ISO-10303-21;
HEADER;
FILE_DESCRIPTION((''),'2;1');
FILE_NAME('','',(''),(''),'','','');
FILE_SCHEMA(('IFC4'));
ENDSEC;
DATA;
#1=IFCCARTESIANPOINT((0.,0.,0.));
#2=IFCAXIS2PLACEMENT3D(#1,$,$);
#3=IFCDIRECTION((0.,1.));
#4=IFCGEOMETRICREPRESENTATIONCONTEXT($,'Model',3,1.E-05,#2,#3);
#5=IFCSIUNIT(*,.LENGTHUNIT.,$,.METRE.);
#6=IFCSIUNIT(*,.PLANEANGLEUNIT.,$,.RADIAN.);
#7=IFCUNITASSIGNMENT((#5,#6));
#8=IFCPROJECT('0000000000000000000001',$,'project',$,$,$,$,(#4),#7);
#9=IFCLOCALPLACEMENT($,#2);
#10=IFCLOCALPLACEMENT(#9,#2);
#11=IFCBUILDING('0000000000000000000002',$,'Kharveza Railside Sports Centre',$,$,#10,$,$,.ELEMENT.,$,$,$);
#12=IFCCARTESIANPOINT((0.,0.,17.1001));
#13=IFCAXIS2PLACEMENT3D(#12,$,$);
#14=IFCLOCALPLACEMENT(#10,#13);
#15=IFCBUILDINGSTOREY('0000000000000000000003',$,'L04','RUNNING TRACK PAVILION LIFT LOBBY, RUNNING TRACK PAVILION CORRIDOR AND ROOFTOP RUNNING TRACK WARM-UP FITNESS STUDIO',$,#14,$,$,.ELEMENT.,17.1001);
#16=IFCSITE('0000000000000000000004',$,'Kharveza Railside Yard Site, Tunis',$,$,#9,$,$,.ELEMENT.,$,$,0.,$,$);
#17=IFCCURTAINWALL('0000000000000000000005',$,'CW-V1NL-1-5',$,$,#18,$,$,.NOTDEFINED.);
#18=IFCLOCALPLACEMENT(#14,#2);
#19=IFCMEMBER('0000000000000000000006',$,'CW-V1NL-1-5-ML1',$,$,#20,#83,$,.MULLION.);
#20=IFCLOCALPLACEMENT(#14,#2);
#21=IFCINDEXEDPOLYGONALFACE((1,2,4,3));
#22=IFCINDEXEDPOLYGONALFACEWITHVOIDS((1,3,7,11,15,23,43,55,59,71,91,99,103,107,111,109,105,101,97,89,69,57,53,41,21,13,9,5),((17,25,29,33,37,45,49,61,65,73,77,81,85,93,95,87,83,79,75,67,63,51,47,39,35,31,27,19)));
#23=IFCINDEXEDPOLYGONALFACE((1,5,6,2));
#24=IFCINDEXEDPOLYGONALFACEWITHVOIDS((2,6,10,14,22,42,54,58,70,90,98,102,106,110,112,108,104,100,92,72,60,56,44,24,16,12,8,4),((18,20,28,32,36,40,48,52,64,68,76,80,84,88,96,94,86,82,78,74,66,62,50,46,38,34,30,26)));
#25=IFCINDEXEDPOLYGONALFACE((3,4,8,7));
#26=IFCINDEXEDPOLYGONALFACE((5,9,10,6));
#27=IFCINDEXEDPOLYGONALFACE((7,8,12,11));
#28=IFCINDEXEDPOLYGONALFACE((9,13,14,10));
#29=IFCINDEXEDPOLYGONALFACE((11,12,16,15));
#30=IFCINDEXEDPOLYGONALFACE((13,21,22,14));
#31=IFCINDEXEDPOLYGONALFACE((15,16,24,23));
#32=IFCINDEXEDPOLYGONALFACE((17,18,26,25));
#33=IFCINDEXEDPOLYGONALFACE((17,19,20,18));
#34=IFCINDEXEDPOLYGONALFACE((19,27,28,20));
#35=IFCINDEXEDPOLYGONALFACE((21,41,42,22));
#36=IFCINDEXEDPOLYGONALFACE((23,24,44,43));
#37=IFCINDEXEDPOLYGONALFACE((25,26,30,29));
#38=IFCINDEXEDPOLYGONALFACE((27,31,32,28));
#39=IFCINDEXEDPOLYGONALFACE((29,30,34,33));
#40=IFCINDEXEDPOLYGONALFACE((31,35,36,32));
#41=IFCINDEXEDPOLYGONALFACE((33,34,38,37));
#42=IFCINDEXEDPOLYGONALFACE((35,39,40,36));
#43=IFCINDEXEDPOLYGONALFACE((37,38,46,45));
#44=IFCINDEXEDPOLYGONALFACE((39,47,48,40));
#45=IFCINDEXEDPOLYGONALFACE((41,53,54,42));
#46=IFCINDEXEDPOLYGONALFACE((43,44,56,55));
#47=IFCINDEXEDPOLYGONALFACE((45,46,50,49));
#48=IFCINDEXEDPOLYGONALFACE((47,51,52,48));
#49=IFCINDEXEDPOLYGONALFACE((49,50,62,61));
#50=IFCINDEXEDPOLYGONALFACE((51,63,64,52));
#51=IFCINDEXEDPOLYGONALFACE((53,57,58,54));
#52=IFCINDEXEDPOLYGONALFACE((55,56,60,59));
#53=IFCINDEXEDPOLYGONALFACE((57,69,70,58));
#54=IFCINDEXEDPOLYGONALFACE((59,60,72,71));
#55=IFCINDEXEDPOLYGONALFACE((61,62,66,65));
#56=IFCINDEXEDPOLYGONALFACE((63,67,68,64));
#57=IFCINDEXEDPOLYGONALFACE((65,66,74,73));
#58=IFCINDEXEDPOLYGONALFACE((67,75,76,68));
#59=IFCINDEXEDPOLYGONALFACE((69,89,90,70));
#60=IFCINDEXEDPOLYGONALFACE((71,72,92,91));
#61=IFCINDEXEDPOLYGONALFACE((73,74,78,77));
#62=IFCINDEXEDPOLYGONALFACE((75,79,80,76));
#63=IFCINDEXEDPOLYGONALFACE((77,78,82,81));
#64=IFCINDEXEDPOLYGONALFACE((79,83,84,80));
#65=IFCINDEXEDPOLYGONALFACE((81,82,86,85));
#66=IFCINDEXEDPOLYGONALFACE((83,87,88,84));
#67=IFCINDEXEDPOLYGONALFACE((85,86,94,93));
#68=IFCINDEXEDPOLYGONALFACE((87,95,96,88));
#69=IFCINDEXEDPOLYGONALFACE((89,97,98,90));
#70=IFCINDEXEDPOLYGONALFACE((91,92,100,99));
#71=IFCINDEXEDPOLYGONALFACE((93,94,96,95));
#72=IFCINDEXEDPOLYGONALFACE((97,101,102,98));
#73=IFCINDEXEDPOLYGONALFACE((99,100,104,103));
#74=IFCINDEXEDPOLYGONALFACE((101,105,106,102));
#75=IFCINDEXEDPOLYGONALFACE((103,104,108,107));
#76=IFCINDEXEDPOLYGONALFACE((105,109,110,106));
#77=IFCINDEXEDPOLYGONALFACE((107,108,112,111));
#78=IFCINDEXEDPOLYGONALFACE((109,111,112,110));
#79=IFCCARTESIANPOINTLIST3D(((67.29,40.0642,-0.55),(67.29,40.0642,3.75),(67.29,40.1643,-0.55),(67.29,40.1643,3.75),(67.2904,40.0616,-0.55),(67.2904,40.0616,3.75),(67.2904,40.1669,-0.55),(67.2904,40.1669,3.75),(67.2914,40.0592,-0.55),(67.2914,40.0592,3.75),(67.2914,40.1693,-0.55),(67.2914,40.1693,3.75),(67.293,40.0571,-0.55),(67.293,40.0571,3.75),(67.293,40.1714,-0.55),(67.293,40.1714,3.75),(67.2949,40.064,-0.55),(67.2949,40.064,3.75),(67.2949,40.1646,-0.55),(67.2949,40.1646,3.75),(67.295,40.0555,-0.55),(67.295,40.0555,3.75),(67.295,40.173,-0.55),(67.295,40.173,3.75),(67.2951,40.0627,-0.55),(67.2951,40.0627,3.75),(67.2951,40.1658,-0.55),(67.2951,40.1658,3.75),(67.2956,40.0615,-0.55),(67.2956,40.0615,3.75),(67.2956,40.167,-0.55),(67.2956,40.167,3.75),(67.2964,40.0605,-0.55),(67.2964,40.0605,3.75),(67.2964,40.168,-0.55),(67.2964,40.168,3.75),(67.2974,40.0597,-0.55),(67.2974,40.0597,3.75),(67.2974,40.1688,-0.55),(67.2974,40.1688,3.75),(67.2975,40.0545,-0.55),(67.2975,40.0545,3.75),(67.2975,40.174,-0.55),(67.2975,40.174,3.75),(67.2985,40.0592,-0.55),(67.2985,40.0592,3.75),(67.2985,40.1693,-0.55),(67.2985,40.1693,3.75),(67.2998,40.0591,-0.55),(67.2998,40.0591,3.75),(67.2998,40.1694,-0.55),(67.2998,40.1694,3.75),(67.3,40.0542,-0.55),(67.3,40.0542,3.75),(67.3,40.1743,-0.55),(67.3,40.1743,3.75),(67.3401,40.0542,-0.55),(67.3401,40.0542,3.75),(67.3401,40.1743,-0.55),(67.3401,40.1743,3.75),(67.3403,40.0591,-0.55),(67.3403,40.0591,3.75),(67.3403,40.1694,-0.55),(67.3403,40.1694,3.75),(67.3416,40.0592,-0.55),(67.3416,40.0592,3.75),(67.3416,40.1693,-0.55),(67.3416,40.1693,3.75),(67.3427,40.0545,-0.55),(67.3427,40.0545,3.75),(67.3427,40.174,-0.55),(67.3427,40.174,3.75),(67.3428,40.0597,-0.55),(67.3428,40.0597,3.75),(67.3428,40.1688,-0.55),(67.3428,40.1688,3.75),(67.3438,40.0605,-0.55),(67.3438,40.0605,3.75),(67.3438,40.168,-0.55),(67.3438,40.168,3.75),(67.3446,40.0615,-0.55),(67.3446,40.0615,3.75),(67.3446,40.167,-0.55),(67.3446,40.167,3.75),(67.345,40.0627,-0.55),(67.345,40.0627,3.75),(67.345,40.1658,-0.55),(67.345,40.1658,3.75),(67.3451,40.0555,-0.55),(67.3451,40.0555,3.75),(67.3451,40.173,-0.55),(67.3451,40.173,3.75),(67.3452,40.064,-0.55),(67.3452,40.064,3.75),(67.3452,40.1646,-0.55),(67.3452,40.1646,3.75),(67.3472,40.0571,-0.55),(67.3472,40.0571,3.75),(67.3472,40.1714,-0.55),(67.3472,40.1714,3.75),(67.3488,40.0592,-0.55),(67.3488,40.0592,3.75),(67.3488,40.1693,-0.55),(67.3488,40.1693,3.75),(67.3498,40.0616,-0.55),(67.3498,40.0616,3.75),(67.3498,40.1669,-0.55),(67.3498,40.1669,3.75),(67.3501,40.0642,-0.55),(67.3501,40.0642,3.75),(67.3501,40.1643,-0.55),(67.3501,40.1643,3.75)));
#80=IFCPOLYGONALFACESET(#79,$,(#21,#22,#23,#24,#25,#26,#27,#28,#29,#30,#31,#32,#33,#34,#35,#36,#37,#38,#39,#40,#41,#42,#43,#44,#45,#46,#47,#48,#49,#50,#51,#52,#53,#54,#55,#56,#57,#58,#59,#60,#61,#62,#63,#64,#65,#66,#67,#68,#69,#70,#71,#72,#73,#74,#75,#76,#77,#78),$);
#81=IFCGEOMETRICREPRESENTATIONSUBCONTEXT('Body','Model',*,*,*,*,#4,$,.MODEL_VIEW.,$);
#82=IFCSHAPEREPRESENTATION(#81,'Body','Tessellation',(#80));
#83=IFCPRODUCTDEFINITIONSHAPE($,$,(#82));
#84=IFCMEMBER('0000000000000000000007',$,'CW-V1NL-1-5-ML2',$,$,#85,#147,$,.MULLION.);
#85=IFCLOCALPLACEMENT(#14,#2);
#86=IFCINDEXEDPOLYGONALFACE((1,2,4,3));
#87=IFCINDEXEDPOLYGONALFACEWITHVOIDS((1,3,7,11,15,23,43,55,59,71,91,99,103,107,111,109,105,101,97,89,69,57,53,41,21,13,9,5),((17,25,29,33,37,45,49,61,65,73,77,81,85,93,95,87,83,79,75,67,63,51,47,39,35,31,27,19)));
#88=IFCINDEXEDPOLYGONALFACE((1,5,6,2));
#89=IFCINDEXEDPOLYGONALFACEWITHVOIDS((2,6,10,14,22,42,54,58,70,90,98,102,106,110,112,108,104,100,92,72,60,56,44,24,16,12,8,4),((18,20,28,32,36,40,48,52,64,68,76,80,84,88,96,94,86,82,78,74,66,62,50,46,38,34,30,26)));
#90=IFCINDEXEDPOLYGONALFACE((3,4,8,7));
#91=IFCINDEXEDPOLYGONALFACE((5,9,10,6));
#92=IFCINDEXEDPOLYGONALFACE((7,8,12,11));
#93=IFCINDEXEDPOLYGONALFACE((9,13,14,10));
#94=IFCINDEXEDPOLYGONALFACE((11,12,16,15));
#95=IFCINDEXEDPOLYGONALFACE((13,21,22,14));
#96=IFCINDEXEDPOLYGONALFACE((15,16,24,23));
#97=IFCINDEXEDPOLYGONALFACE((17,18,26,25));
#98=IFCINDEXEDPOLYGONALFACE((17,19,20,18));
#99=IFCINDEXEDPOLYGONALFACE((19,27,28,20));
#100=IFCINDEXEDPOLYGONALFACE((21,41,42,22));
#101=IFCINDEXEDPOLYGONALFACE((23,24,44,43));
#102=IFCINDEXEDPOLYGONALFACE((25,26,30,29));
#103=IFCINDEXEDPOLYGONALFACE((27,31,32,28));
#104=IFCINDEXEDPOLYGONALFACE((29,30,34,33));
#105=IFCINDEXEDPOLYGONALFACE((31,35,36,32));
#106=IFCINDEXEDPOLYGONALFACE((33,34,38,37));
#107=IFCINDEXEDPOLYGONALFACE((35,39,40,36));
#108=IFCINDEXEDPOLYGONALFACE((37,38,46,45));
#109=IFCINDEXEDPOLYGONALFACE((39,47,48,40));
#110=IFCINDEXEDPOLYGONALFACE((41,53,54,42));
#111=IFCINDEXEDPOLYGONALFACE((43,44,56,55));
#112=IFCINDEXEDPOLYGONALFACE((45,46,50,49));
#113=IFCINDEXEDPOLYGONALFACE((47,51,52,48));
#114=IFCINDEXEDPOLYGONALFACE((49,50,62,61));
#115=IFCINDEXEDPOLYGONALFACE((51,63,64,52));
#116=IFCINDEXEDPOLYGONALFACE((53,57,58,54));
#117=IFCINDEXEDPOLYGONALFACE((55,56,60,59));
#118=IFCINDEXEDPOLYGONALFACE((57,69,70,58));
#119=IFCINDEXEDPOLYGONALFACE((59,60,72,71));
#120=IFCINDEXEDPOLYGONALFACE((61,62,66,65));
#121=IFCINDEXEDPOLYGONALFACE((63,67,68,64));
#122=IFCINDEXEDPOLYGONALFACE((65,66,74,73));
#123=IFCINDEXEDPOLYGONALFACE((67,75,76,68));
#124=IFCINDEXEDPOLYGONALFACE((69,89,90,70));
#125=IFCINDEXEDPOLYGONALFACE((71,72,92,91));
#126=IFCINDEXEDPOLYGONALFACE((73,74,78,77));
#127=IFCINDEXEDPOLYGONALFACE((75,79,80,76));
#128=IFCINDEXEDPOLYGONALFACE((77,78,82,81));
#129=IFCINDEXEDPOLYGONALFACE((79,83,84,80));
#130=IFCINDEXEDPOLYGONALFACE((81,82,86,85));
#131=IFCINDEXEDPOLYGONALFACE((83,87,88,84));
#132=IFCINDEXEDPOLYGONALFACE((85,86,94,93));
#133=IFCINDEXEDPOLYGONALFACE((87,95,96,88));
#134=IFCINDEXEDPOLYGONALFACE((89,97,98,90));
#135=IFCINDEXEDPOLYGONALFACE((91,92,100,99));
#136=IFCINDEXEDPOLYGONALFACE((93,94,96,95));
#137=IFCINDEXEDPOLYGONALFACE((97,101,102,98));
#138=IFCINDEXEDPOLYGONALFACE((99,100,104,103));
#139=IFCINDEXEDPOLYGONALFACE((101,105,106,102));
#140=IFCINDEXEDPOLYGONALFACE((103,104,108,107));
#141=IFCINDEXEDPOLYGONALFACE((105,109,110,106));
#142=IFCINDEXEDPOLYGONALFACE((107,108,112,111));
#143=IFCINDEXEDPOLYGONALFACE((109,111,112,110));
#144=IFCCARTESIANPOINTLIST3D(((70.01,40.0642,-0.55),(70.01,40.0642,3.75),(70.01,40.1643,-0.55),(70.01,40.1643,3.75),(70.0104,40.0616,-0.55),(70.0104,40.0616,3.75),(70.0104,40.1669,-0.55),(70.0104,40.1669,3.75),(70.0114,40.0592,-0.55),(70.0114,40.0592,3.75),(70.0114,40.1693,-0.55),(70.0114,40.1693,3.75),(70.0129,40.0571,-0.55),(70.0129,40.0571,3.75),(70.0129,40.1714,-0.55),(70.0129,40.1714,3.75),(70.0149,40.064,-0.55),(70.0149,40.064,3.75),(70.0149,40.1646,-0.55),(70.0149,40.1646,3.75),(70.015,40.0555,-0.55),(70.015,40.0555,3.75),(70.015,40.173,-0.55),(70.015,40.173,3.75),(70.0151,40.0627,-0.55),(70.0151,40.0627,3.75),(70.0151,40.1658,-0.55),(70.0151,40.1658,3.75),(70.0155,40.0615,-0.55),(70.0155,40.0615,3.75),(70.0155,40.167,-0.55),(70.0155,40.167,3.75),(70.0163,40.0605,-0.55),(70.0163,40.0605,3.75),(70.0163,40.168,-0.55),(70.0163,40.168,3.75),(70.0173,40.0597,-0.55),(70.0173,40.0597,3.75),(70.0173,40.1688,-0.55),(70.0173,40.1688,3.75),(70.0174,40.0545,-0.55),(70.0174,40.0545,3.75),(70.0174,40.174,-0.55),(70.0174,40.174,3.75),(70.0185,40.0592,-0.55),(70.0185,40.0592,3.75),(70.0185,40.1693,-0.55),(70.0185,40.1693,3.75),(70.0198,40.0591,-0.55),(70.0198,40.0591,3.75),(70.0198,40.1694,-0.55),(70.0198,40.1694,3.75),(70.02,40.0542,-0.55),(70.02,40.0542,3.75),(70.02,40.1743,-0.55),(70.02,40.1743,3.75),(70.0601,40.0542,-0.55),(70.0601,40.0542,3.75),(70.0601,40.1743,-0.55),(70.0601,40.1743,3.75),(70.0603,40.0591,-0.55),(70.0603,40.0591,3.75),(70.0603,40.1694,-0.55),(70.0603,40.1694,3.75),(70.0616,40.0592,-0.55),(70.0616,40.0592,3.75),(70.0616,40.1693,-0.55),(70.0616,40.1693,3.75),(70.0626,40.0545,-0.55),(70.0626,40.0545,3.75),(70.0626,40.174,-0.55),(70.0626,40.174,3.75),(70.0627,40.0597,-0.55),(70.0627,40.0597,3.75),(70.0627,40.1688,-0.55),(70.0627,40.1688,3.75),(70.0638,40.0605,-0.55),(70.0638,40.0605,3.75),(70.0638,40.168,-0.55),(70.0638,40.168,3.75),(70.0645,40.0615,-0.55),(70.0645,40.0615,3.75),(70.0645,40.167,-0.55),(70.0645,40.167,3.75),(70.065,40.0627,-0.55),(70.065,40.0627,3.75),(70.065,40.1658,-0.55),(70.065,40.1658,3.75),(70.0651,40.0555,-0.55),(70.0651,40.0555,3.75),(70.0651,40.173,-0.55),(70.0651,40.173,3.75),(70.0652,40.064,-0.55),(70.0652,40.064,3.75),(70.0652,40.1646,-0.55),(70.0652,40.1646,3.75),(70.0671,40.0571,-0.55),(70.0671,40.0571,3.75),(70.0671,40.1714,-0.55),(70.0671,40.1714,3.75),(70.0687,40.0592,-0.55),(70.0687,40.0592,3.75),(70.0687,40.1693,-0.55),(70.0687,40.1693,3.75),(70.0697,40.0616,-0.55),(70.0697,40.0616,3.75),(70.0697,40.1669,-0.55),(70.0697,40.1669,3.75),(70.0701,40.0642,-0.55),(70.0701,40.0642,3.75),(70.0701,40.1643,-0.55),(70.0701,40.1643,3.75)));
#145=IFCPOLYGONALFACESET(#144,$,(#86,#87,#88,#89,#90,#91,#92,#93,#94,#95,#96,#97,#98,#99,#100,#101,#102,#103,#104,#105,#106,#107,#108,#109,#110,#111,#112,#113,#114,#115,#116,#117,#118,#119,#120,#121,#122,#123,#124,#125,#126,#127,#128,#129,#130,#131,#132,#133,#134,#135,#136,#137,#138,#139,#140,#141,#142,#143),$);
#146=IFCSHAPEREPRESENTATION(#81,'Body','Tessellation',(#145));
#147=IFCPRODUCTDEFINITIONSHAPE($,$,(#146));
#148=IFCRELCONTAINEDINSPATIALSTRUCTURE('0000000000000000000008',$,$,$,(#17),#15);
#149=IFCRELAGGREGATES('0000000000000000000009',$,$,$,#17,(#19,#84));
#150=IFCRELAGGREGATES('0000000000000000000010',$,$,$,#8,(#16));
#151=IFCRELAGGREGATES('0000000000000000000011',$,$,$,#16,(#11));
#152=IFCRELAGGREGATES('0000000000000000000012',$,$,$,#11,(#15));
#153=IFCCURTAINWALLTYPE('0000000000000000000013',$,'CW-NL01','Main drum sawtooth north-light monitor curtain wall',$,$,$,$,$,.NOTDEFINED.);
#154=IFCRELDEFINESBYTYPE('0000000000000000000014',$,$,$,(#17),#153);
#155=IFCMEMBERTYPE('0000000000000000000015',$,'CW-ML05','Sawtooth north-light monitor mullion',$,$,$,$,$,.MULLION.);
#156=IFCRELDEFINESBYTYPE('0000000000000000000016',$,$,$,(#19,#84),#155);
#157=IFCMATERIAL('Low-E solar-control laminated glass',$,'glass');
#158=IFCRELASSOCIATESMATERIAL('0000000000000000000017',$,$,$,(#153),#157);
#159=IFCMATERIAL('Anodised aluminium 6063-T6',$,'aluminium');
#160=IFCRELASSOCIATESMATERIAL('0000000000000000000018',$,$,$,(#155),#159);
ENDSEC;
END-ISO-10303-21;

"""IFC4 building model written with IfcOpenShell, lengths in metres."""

from ifc_helpers import new_model, si_unit, direction, frame, origin, origin_2d, place, context, subcontext, project, spatial, hollow_rectangle, extrude, material, material_profile, profile_set, type_object, element, aggregate, save


model = new_model("IFC4")

# Units and contexts
model_context = context("Model", 3, precision=1e-05, world=origin(), true_north=direction((0.0, 1.0)))
body_context = subcontext(model_context, "Body", "Model", "MODEL_VIEW")
ifc_project = project(units=[si_unit("LENGTHUNIT", "METRE"), si_unit("PLANEANGLEUNIT", "RADIAN")], contexts=[model_context])

# Site, building, storey
site_placement = place(None, origin())
site = spatial("IfcSite", under=ifc_project, at=site_placement, Name="Kharveza Railside Yard Site, Tunis", CompositionType="ELEMENT", RefElevation=0.0)
building_placement = place(site_placement, origin())
building = spatial("IfcBuilding", under=site, at=building_placement, Name="Kharveza Railside Sports Centre", CompositionType="ELEMENT")
storey_placement = place(building_placement, frame((0.0, 0.0, 17.1001)))
storey = spatial("IfcBuildingStorey", under=building, at=storey_placement, Name="L04", Description="RUNNING TRACK PAVILION LIFT LOBBY, RUNNING TRACK PAVILION CORRIDOR AND ROOFTOP RUNNING TRACK WARM-UP FITNESS STUDIO", CompositionType="ELEMENT", Elevation=17.1001)

# Curtain wall, members
ifc_material_1 = material(Name="Low-E solar-control laminated glass", Category="glass")
curtain_wall_type = type_object("IfcCurtainWallType", Name="CW-NL01", Description="Main drum sawtooth north-light monitor curtain wall", PredefinedType="NOTDEFINED", material=ifc_material_1)
curtain_wall_1_placement = place(storey_placement, origin())
curtain_wall_1 = element("IfcCurtainWall", 1, at=curtain_wall_1_placement, inside=storey, type_object=curtain_wall_type, Name="CW-V1NL-1-5", PredefinedType="NOTDEFINED")
ifc_material_2 = material(Name="Anodised aluminium 6063-T6", Category="aluminium")
ifc_material_profile_1 = material_profile(ifc_material_2, hollow_rectangle(XDim=0.0601, YDim=0.1201, WallThickness=0.0049, InnerFilletRadius=0.0049, OuterFilletRadius=0.01, at=origin_2d()), Name="RHS 60x120x5.0")
ifc_profile_set_1 = profile_set([ifc_material_profile_1], Name="Anodised aluminium 6063-T6")
member_type_1 = type_object("IfcMemberType", Name="CW-ML05", Description="Sawtooth north-light monitor mullion", PredefinedType="MULLION", material=ifc_profile_set_1)
member_1_placement = place(storey_placement, frame((67.3201, 40.1143, -0.55), z_axis=(0.0, 0.0, 1.0), x_axis=(1.0, 0.0, 0.0)))
member_1 = element("IfcMember", 2, at=member_1_placement, type_object=member_type_1, Name="CW-V1NL-1-5-ML1", PredefinedType="MULLION", context=body_context, shape_type="SweptSolid", body=[
    extrude(hollow_rectangle(XDim=0.0601, YDim=0.1201, WallThickness=0.0049, InnerFilletRadius=0.0049, OuterFilletRadius=0.01, at=origin_2d()), origin(), (0.0, 0.0, 1.0), 4.3),
])
member_2_placement = place(storey_placement, frame((70.04, 40.1143, -0.55), z_axis=(0.0, 0.0, 1.0), x_axis=(1.0, 0.0, 0.0)))
member_2 = element("IfcMember", 3, at=member_2_placement, type_object=member_type_1, Name="CW-V1NL-1-5-ML2", PredefinedType="MULLION", context=body_context, shape_type="SweptSolid", body=[
    extrude(hollow_rectangle(XDim=0.0601, YDim=0.1201, WallThickness=0.0049, InnerFilletRadius=0.0049, OuterFilletRadius=0.01, at=origin_2d()), origin(), (0.0, 0.0, 1.0), 4.3),
])

aggregate(curtain_wall_1, [member_1, member_2])

save(model, "model.ifc")
